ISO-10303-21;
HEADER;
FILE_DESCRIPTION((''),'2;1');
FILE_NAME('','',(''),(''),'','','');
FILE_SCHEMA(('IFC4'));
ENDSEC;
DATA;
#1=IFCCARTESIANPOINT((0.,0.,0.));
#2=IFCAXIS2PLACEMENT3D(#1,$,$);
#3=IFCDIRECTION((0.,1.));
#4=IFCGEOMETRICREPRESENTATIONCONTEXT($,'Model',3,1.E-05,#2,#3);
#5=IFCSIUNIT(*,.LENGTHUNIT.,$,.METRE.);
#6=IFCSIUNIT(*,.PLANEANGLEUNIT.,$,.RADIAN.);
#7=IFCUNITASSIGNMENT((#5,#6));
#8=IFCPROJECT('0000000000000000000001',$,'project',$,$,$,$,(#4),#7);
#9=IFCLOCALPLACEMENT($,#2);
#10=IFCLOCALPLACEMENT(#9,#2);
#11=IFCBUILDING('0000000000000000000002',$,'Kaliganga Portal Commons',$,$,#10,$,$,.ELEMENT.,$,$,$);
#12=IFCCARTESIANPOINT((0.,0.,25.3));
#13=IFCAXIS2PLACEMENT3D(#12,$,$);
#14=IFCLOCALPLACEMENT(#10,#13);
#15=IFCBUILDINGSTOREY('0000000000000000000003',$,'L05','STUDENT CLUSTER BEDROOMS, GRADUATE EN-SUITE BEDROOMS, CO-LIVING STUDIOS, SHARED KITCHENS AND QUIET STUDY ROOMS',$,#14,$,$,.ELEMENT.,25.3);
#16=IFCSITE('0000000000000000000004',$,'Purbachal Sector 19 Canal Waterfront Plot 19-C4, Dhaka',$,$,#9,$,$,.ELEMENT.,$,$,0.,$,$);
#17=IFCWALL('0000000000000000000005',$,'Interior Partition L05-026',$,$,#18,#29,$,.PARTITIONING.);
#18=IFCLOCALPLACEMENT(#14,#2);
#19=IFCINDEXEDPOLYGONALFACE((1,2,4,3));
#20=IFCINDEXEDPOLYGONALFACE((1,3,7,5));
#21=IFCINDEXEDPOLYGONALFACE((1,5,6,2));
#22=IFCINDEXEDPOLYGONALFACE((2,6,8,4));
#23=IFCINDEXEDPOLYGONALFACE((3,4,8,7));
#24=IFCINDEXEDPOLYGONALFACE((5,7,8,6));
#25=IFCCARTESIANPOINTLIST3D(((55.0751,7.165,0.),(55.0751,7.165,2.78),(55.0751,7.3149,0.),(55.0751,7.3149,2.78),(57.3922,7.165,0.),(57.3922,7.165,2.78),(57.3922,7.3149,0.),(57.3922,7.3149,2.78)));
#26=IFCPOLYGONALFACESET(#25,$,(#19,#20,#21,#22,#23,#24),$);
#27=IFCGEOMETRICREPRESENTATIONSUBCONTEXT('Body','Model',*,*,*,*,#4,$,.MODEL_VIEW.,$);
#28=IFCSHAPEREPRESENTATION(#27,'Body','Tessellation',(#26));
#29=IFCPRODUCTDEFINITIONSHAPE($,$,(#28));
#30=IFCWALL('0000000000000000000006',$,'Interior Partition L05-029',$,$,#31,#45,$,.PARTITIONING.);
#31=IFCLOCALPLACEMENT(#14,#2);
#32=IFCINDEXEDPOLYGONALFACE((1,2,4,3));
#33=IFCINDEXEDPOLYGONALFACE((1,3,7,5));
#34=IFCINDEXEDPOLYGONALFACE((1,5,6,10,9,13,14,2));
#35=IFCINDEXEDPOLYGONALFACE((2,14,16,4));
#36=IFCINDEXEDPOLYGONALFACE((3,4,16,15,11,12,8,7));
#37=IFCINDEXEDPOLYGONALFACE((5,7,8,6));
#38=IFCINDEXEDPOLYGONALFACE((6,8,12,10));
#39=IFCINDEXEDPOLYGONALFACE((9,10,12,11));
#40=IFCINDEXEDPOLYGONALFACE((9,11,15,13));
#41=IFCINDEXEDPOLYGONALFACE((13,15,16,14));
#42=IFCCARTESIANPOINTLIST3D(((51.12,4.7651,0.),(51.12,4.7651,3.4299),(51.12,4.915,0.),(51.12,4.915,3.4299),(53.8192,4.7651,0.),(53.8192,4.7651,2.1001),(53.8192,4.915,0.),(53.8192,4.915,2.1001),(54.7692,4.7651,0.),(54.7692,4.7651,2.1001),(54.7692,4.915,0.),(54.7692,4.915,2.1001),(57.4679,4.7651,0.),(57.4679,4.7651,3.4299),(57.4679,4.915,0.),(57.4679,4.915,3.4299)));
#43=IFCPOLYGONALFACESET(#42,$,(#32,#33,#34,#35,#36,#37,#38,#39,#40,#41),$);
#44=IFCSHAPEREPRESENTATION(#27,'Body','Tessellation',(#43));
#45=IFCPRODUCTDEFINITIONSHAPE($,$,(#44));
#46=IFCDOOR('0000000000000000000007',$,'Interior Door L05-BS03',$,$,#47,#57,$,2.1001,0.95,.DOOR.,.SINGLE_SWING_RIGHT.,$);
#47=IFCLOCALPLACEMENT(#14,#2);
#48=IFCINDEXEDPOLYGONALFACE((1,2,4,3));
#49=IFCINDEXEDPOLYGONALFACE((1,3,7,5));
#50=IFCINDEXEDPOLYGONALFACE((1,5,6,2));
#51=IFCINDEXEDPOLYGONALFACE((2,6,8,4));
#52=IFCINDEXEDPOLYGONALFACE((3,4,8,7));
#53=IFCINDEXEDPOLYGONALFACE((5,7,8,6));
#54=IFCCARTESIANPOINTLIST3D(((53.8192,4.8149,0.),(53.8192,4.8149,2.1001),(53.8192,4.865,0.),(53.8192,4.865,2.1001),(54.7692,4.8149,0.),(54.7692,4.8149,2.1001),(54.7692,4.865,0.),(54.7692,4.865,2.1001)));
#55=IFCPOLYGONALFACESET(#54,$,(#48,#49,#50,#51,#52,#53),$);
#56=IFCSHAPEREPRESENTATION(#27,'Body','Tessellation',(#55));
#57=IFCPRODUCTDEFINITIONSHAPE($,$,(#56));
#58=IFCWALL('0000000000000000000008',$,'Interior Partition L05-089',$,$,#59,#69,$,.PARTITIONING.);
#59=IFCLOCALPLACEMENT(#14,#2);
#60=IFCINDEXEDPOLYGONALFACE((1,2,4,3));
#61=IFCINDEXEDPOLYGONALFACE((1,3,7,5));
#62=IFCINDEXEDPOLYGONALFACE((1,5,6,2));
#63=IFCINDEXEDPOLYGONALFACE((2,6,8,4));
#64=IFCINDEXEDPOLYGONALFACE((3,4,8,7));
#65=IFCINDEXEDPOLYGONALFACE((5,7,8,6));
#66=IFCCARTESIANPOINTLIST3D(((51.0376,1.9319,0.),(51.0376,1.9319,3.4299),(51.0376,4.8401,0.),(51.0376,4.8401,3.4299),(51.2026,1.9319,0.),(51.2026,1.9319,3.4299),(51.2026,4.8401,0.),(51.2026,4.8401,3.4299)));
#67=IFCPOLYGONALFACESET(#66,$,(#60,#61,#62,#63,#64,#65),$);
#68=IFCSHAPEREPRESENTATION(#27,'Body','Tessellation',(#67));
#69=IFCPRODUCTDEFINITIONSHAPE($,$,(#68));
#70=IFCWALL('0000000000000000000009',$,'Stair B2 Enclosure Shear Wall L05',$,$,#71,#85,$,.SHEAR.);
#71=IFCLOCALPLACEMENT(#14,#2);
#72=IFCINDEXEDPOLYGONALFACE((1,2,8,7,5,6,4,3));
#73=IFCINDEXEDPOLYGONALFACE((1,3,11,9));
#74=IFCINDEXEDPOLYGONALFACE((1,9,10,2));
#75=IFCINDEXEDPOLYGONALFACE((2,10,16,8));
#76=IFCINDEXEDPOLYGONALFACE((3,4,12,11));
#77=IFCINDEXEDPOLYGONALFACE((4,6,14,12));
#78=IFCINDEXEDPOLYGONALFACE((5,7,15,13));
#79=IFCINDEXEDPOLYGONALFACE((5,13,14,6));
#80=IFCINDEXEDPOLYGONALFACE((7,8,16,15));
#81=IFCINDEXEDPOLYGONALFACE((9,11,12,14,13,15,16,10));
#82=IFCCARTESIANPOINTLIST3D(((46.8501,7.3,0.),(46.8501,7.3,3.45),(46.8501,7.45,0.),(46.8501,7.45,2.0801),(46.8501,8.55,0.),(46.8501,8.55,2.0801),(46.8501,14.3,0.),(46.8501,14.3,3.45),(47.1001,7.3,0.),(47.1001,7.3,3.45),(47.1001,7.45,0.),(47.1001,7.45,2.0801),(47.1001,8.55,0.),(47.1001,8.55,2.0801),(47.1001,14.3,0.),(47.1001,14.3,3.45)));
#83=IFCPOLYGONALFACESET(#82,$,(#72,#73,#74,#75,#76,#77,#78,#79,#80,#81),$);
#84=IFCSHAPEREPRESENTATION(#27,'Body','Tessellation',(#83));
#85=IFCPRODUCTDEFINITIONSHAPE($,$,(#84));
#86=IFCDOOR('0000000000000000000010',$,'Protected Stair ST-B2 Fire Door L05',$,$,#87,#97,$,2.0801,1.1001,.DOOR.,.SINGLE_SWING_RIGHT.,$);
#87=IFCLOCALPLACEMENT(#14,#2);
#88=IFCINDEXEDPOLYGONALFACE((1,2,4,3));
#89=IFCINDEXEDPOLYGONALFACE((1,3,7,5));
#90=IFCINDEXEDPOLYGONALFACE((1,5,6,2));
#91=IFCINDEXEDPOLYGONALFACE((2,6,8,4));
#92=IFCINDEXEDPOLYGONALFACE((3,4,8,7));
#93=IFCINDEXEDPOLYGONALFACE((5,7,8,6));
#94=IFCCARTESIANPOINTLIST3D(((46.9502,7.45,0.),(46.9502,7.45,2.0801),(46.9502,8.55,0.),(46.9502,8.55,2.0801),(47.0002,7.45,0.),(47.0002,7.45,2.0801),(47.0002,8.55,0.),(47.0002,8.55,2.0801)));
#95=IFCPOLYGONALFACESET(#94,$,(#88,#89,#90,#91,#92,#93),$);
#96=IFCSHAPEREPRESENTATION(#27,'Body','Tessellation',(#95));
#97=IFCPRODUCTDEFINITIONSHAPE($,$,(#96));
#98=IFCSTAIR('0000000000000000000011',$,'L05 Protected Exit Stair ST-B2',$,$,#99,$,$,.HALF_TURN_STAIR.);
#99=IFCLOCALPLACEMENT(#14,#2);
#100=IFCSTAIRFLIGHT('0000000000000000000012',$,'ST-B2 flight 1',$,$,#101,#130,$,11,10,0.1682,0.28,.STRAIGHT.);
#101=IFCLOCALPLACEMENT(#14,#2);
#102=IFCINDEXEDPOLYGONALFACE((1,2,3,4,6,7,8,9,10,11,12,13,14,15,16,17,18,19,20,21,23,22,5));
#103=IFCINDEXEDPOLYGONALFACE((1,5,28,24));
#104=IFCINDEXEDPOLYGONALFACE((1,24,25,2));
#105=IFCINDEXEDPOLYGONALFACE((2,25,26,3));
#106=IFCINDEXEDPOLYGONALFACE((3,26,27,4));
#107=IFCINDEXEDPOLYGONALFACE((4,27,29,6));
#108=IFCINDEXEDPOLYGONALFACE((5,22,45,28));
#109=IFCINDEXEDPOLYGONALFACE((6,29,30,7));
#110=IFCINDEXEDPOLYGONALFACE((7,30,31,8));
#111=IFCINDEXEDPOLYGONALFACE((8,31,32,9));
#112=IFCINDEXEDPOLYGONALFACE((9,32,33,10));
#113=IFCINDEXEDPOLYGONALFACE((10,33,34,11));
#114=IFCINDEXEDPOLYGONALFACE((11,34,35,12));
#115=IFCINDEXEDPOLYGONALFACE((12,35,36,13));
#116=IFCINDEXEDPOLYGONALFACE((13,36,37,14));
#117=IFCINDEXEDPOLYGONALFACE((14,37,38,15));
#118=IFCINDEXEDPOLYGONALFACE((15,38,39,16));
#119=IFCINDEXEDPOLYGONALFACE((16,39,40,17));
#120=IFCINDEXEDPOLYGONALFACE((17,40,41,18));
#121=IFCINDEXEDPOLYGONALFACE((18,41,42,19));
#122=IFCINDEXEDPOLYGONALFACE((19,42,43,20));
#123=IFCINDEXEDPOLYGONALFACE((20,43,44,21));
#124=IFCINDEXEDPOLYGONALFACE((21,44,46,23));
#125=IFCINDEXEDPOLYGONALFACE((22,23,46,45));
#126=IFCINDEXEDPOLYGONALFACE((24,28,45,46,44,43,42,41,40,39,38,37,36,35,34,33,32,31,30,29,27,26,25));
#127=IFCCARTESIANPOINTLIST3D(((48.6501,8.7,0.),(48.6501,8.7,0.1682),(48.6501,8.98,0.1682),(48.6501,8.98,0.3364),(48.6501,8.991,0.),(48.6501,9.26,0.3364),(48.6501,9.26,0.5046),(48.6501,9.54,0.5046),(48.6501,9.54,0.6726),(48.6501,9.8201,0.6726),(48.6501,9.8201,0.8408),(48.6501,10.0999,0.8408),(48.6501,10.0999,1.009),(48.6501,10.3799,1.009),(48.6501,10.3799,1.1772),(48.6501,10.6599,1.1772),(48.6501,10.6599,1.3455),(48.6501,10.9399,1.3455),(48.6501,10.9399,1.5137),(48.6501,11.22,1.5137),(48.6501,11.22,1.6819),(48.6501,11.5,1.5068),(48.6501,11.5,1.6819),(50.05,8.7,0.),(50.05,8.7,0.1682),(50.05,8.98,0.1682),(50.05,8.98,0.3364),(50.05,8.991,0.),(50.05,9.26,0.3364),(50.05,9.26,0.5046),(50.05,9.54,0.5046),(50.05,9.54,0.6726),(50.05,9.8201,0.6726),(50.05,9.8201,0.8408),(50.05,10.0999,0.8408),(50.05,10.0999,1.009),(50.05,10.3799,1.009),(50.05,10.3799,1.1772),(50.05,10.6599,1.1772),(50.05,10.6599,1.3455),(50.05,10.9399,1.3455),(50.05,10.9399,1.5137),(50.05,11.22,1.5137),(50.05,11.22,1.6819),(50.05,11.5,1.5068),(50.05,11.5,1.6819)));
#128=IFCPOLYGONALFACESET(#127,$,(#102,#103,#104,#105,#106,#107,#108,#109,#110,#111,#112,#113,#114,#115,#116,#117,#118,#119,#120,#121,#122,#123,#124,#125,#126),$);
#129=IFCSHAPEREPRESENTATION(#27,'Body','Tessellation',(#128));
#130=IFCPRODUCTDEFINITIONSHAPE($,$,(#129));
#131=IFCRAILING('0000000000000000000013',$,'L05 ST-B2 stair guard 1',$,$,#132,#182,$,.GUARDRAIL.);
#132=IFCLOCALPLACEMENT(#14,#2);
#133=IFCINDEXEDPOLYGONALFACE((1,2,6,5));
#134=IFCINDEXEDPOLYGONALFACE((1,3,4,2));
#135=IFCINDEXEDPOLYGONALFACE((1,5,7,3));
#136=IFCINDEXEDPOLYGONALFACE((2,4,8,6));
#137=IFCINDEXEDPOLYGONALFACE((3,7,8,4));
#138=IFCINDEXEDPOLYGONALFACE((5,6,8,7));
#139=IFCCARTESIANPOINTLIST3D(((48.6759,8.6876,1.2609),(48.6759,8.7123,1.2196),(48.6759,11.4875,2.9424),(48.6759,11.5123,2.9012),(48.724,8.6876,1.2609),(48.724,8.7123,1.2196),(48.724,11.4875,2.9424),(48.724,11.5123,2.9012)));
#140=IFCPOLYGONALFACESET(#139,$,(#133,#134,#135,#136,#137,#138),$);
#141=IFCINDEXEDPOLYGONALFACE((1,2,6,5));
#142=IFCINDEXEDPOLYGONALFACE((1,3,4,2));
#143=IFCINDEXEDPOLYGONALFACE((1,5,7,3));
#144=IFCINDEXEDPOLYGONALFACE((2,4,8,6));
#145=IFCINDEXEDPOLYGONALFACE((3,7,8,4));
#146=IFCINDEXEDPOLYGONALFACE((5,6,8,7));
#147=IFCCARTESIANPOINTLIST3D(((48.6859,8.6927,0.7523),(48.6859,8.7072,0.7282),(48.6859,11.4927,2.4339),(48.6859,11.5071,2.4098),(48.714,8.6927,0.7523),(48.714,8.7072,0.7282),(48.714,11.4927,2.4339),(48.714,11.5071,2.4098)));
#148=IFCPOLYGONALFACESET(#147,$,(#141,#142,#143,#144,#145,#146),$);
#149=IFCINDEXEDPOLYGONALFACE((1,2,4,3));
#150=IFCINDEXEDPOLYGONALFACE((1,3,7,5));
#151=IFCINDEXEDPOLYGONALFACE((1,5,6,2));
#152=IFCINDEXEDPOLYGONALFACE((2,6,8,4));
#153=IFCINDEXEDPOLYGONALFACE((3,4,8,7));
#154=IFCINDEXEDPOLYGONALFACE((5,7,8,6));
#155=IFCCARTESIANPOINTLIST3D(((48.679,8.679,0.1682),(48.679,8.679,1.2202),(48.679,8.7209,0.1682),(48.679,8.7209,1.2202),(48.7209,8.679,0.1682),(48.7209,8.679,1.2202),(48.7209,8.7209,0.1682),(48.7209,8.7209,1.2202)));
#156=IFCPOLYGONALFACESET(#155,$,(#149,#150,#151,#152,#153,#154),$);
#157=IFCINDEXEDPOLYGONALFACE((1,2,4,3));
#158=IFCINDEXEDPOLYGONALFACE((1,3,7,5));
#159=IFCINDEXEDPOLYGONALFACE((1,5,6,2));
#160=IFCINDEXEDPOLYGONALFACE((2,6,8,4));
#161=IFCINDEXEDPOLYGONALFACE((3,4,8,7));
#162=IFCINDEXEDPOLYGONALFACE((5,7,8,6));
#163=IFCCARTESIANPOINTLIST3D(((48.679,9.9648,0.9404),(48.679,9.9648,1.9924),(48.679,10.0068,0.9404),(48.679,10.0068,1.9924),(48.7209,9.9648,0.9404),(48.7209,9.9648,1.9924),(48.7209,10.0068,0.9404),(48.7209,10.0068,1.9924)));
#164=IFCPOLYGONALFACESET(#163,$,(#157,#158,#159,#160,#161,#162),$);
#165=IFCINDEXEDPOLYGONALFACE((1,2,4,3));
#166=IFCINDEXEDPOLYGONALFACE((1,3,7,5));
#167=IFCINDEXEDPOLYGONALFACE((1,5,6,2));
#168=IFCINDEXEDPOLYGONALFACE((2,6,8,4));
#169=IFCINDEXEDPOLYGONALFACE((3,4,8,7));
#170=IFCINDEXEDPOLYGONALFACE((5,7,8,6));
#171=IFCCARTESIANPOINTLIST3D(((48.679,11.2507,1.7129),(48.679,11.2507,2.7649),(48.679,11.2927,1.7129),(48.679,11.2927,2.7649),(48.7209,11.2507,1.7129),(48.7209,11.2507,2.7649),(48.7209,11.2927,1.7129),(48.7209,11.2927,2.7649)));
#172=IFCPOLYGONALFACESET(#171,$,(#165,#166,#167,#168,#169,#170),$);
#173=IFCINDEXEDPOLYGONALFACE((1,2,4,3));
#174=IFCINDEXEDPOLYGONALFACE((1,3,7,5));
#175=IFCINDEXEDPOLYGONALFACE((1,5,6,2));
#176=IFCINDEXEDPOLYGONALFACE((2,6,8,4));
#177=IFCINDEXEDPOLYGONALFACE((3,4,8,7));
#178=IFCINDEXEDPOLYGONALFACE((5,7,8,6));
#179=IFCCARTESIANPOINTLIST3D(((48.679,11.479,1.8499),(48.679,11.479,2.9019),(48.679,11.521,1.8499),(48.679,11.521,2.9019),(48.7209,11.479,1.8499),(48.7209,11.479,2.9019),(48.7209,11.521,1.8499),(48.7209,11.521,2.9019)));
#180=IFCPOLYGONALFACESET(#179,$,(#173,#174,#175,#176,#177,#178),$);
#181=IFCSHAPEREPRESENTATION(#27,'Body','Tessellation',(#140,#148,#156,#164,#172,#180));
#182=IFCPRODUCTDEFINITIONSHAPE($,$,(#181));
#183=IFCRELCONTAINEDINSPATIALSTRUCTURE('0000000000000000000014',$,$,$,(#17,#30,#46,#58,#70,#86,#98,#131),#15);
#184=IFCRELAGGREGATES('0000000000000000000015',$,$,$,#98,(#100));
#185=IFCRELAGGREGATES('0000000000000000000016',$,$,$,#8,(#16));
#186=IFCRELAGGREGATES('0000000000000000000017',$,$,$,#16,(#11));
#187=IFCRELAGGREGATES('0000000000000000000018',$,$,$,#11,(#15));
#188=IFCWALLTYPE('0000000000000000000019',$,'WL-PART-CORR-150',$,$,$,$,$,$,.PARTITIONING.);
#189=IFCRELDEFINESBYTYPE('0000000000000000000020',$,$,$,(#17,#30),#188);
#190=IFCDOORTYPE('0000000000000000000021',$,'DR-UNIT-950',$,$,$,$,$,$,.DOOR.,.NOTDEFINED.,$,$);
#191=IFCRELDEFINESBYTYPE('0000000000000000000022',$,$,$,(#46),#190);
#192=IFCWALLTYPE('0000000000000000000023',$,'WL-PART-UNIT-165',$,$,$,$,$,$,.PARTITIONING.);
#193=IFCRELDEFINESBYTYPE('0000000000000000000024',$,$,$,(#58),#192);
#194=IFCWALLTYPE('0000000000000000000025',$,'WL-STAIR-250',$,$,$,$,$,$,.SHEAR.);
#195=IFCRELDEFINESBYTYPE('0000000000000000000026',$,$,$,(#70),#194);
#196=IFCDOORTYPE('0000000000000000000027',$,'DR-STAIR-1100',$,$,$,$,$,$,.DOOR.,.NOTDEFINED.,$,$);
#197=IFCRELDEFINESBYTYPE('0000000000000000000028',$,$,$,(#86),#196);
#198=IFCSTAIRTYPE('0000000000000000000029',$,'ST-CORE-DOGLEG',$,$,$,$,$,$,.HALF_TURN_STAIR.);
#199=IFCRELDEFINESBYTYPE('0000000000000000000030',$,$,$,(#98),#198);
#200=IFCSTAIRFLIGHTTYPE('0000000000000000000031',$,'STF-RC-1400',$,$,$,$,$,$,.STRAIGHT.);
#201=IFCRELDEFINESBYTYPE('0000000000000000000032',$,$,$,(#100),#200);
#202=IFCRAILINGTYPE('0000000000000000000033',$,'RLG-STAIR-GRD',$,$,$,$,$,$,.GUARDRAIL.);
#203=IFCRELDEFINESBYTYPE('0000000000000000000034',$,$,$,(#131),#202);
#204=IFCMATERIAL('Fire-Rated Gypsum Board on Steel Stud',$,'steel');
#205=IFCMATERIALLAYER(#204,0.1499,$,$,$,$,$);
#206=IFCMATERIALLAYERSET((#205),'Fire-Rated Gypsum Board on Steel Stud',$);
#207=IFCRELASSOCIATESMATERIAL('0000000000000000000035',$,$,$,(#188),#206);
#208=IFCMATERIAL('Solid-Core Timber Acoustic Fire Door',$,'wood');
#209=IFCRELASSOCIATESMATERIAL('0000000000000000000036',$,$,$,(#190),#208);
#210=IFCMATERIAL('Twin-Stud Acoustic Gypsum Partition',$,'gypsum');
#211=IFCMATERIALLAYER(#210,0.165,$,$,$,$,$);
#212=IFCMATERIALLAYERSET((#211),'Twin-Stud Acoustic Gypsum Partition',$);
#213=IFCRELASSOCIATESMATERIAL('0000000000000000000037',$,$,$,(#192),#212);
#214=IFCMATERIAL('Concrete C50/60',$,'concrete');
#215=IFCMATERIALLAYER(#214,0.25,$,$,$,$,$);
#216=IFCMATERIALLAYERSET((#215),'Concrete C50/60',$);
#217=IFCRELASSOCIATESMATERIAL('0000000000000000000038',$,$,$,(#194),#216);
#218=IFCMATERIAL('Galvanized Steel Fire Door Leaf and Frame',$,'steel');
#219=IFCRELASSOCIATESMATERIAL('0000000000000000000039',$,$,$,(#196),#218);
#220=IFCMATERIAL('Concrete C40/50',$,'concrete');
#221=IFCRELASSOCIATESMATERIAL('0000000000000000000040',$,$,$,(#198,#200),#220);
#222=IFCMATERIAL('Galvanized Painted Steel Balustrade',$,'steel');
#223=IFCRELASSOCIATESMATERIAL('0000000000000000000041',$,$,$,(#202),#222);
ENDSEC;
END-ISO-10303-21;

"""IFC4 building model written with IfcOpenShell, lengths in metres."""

from ifc_helpers import new_model, si_unit, direction, frame, frame_2d, origin, origin_2d, place, context, subcontext, project, spatial, polyline, rectangle, outline, extrude, material, layer, layer_set, type_object, element, fill, aggregate, save


model = new_model("IFC4")

# Units and contexts
model_context = context("Model", 3, precision=1e-05, world=origin(), true_north=direction((0.0, 1.0)))
body_context = subcontext(model_context, "Body", "Model", "MODEL_VIEW")
ifc_project = project(units=[si_unit("LENGTHUNIT", "METRE"), si_unit("PLANEANGLEUNIT", "RADIAN")], contexts=[model_context])

# Site, building, storey
site_placement = place(None, origin())
site = spatial("IfcSite", under=ifc_project, at=site_placement, Name="Purbachal Sector 19 Canal Waterfront Plot 19-C4, Dhaka", CompositionType="ELEMENT", RefElevation=0.0)
building_placement = place(site_placement, origin())
building = spatial("IfcBuilding", under=site, at=building_placement, Name="Kaliganga Portal Commons", CompositionType="ELEMENT")
storey_placement = place(building_placement, frame((0.0, 0.0, 25.3)))
storey = spatial("IfcBuildingStorey", under=building, at=storey_placement, Name="L05", Description="STUDENT CLUSTER BEDROOMS, GRADUATE EN-SUITE BEDROOMS, CO-LIVING STUDIOS, SHARED KITCHENS AND QUIET STUDY ROOMS", CompositionType="ELEMENT", Elevation=25.3)

# Shared definitions
ifc_material_1 = material(Name="Fire-Rated Gypsum Board on Steel Stud", Category="steel")
ifc_layer_1 = layer(ifc_material_1, 0.1499)
ifc_layer_set_1 = layer_set([ifc_layer_1], Name="Fire-Rated Gypsum Board on Steel Stud")
wall_type_1 = type_object("IfcWallType", Name="WL-PART-CORR-150", PredefinedType="PARTITIONING", material=ifc_layer_set_1)
ifc_material_2 = material(Name="Solid-Core Timber Acoustic Fire Door", Category="wood")
door_type_1 = type_object("IfcDoorType", Name="DR-UNIT-950", OperationType="NOTDEFINED", PredefinedType="DOOR", material=ifc_material_2)

# Wall
wall_1_placement = place(storey_placement, frame((55.075, 7.24, 0.0), z_axis=(0.0, 0.0, 1.0), x_axis=(1.0, 0.0, 0.0)))
element("IfcWall", 1, at=wall_1_placement, inside=storey, type_object=wall_type_1, Name="Interior Partition L05-026", PredefinedType="PARTITIONING", context=body_context, shape_type="SweptSolid", body=[
    extrude(rectangle(XDim=2.3171, YDim=0.1499, at=frame_2d((1.1587, 0.0))), origin(), (0.0, 0.0, 1.0), 2.78),
])

# Wall, opening, door
wall_2_placement = place(storey_placement, frame((51.1201, 4.8401, 0.0), z_axis=(0.0, 0.0, 1.0), x_axis=(1.0, 0.0, 0.0)))
wall_2 = element("IfcWall", 2, at=wall_2_placement, inside=storey, type_object=wall_type_1, Name="Interior Partition L05-029", PredefinedType="PARTITIONING", context=body_context, shape_type="SweptSolid", body=[
    extrude(rectangle(XDim=6.3479, YDim=0.1499, at=frame_2d((3.1738, 0.0))), origin(), (0.0, 0.0, 1.0), 3.4299),
])
opening_1_placement = place(wall_2_placement, frame((2.699, 0.0, 0.0)))
opening_1 = element("IfcOpeningElement", 3, at=opening_1_placement, cuts=wall_2, PredefinedType="OPENING", context=body_context, shape_type="SweptSolid", body=[
    extrude(rectangle(XDim=0.95, YDim=2.1001, at=frame_2d((0.4751, 1.05))), frame((0.0, 0.085, 0.0), z_axis=(0.0, -1.0, 0.0), x_axis=(1.0, 0.0, 0.0)), (0.0, 0.0, 1.0), 0.1699),
])
door_1_placement = place(opening_1_placement, origin())
door_1 = element("IfcDoor", 4, at=door_1_placement, inside=storey, type_object=door_type_1, Name="Interior Door L05-BS03", OperationType="SINGLE_SWING_RIGHT", OverallHeight=2.1001, OverallWidth=0.95, PredefinedType="DOOR", context=body_context, shape_type="SweptSolid", body=[
    extrude(rectangle(XDim=0.95, YDim=2.1001, at=frame_2d((0.4751, 1.05))), frame((0.0, 0.0249, 0.0), z_axis=(0.0, -1.0, 0.0), x_axis=(1.0, 0.0, 0.0)), (0.0, 0.0, 1.0), 0.05),
])
fill(opening_1, door_1)

# Wall
ifc_material_3 = material(Name="Twin-Stud Acoustic Gypsum Partition", Category="gypsum")
ifc_layer_2 = layer(ifc_material_3, 0.165)
ifc_layer_set_2 = layer_set([ifc_layer_2], Name="Twin-Stud Acoustic Gypsum Partition")
wall_type_2 = type_object("IfcWallType", Name="WL-PART-UNIT-165", PredefinedType="PARTITIONING", material=ifc_layer_set_2)
wall_3_placement = place(storey_placement, frame((51.1201, 1.9319, 0.0), z_axis=(0.0, 0.0, 1.0), x_axis=(0.0, 1.0, 0.0)))
element("IfcWall", 5, at=wall_3_placement, inside=storey, type_object=wall_type_2, Name="Interior Partition L05-089", PredefinedType="PARTITIONING", context=body_context, shape_type="SweptSolid", body=[
    extrude(rectangle(XDim=2.9082, YDim=0.165, at=frame_2d((1.4541, 0.0))), origin(), (0.0, 0.0, 1.0), 3.4299),
])

# Wall, opening, door
ifc_material_4 = material(Name="Concrete C50/60", Category="concrete")
ifc_layer_3 = layer(ifc_material_4, 0.25)
ifc_layer_set_3 = layer_set([ifc_layer_3], Name="Concrete C50/60")
wall_type_3 = type_object("IfcWallType", Name="WL-STAIR-250", PredefinedType="SHEAR", material=ifc_layer_set_3)
wall_4_placement = place(storey_placement, frame((46.9751, 7.3, 0.0), z_axis=(0.0, 0.0, 1.0), x_axis=(0.0, 1.0, 0.0)))
wall_4 = element("IfcWall", 6, at=wall_4_placement, inside=storey, type_object=wall_type_3, Name="Stair B2 Enclosure Shear Wall L05", PredefinedType="SHEAR", context=body_context, shape_type="SweptSolid", body=[
    extrude(rectangle(XDim=7.0, YDim=0.25, at=frame_2d((3.5, 0.0))), origin(), (0.0, 0.0, 1.0), 3.45),
])
opening_2_placement = place(wall_4_placement, frame((0.1499, 0.0, 0.0)))
opening_2 = element("IfcOpeningElement", 7, at=opening_2_placement, cuts=wall_4, PredefinedType="OPENING", context=body_context, shape_type="SweptSolid", body=[
    extrude(rectangle(XDim=1.1001, YDim=2.0801, at=frame_2d((0.55, 1.04))), frame((0.0, 0.135, 0.0), z_axis=(0.0, -1.0, 0.0), x_axis=(1.0, 0.0, 0.0)), (0.0, 0.0, 1.0), 0.27),
])
ifc_material_5 = material(Name="Galvanized Steel Fire Door Leaf and Frame", Category="steel")
door_type_2 = type_object("IfcDoorType", Name="DR-STAIR-1100", OperationType="NOTDEFINED", PredefinedType="DOOR", material=ifc_material_5)
door_2_placement = place(opening_2_placement, origin())
door_2 = element("IfcDoor", 8, at=door_2_placement, inside=storey, type_object=door_type_2, Name="Protected Stair ST-B2 Fire Door L05", OperationType="SINGLE_SWING_RIGHT", OverallHeight=2.0801, OverallWidth=1.1001, PredefinedType="DOOR", context=body_context, shape_type="SweptSolid", body=[
    extrude(rectangle(XDim=1.1001, YDim=2.0801, at=frame_2d((0.55, 1.04))), frame((0.0, 0.0249, 0.0), z_axis=(0.0, -1.0, 0.0), x_axis=(1.0, 0.0, 0.0)), (0.0, 0.0, 1.0), 0.05),
])
fill(opening_2, door_2)

# Stair, stair flight
ifc_material_6 = material(Name="Concrete C40/50", Category="concrete")
stair_type = type_object("IfcStairType", Name="ST-CORE-DOGLEG", PredefinedType="HALF_TURN_STAIR", material=ifc_material_6)
stair_placement = place(storey_placement, origin())
stair = element("IfcStair", 9, at=stair_placement, inside=storey, type_object=stair_type, Name="L05 Protected Exit Stair ST-B2", PredefinedType="HALF_TURN_STAIR")
stair_flight_type = type_object("IfcStairFlightType", Name="STF-RC-1400", PredefinedType="STRAIGHT", material=ifc_material_6)
stair_flight_placement = place(storey_placement, frame((49.3501, 8.7, 0.0), z_axis=(0.0, 0.0, 1.0), x_axis=(0.0, 1.0, 0.0)))
stair_flight = element("IfcStairFlight", 10, at=stair_flight_placement, type_object=stair_flight_type, Name="ST-B2 flight 1", NumberOfRisers=11, NumberOfTreads=10, PredefinedType="STRAIGHT", RiserHeight=0.1682, TreadLength=0.28, context=body_context, shape_type="SweptSolid", body=[
    extrude(outline(polyline([(0.0, 0.0), (0.0, 0.1682), (0.28, 0.1682), (0.28, 0.3364), (0.5601, 0.3364), (0.5601, 0.5046), (0.8401, 0.5046), (0.8401, 0.6726), (1.1201, 0.6726), (1.1201, 0.8408), (1.3999, 0.8408), (1.3999, 1.009), (1.6799, 1.009), (1.6799, 1.1772), (1.96, 1.1772), (1.96, 1.3455), (2.24, 1.3455), (2.24, 1.5137), (2.52, 1.5137), (2.52, 1.6819), (2.8, 1.6819), (2.8, 1.8501), (2.8, 1.5068), (0.291, 0.0), (0.0, 0.0)])), frame((0.0, 0.7, 0.0), z_axis=(0.0, -1.0, 0.0), x_axis=(1.0, 0.0, 0.0)), (0.0, 0.0, 1.0), 1.3999),
])
aggregate(stair, [stair_flight])

# Railing
ifc_material_7 = material(Name="Galvanized Painted Steel Balustrade", Category="steel")
railing_type_1 = type_object("IfcRailingType", Name="RLG-STAIR-GRD", PredefinedType="GUARDRAIL", material=ifc_material_7)
railing_1_placement = place(storey_placement, frame((48.7, 8.7, 0.1682)))
element("IfcRailing", 11, at=railing_1_placement, inside=storey, type_object=railing_type_1, Name="L05 ST-B2 stair guard 1", PredefinedType="GUARDRAIL", context=body_context, shape_type="SweptSolid", body=[
    extrude(rectangle(XDim=0.0481, YDim=0.0481, at=origin_2d()), frame((0.0, 0.0, 1.072), z_axis=(0.0, 0.857275, 0.514858), x_axis=(-1.0, 0.0, 0.0)), (0.0, 0.0, 1.0), 3.2661),
    extrude(rectangle(XDim=0.0281, YDim=0.0281, at=origin_2d()), frame((0.0, 0.0, 0.572), z_axis=(0.0, 0.857275, 0.514858), x_axis=(-1.0, 0.0, 0.0)), (0.0, 0.0, 1.0), 3.2661),
    extrude(rectangle(XDim=0.042, YDim=0.042, at=origin_2d()), origin(), (0.0, 0.0, 1.0), 1.052),
    extrude(rectangle(XDim=0.042, YDim=0.042, at=origin_2d()), frame((0.0, 1.2859, 0.7722)), (0.0, 0.0, 1.0), 1.052),
    extrude(rectangle(XDim=0.042, YDim=0.042, at=origin_2d()), frame((0.0, 2.5718, 1.5447)), (0.0, 0.0, 1.0), 1.052),
    extrude(rectangle(XDim=0.042, YDim=0.042, at=origin_2d()), frame((0.0, 2.8, 1.6816)), (0.0, 0.0, 1.0), 1.052),
])

save(model, "model.ifc")
